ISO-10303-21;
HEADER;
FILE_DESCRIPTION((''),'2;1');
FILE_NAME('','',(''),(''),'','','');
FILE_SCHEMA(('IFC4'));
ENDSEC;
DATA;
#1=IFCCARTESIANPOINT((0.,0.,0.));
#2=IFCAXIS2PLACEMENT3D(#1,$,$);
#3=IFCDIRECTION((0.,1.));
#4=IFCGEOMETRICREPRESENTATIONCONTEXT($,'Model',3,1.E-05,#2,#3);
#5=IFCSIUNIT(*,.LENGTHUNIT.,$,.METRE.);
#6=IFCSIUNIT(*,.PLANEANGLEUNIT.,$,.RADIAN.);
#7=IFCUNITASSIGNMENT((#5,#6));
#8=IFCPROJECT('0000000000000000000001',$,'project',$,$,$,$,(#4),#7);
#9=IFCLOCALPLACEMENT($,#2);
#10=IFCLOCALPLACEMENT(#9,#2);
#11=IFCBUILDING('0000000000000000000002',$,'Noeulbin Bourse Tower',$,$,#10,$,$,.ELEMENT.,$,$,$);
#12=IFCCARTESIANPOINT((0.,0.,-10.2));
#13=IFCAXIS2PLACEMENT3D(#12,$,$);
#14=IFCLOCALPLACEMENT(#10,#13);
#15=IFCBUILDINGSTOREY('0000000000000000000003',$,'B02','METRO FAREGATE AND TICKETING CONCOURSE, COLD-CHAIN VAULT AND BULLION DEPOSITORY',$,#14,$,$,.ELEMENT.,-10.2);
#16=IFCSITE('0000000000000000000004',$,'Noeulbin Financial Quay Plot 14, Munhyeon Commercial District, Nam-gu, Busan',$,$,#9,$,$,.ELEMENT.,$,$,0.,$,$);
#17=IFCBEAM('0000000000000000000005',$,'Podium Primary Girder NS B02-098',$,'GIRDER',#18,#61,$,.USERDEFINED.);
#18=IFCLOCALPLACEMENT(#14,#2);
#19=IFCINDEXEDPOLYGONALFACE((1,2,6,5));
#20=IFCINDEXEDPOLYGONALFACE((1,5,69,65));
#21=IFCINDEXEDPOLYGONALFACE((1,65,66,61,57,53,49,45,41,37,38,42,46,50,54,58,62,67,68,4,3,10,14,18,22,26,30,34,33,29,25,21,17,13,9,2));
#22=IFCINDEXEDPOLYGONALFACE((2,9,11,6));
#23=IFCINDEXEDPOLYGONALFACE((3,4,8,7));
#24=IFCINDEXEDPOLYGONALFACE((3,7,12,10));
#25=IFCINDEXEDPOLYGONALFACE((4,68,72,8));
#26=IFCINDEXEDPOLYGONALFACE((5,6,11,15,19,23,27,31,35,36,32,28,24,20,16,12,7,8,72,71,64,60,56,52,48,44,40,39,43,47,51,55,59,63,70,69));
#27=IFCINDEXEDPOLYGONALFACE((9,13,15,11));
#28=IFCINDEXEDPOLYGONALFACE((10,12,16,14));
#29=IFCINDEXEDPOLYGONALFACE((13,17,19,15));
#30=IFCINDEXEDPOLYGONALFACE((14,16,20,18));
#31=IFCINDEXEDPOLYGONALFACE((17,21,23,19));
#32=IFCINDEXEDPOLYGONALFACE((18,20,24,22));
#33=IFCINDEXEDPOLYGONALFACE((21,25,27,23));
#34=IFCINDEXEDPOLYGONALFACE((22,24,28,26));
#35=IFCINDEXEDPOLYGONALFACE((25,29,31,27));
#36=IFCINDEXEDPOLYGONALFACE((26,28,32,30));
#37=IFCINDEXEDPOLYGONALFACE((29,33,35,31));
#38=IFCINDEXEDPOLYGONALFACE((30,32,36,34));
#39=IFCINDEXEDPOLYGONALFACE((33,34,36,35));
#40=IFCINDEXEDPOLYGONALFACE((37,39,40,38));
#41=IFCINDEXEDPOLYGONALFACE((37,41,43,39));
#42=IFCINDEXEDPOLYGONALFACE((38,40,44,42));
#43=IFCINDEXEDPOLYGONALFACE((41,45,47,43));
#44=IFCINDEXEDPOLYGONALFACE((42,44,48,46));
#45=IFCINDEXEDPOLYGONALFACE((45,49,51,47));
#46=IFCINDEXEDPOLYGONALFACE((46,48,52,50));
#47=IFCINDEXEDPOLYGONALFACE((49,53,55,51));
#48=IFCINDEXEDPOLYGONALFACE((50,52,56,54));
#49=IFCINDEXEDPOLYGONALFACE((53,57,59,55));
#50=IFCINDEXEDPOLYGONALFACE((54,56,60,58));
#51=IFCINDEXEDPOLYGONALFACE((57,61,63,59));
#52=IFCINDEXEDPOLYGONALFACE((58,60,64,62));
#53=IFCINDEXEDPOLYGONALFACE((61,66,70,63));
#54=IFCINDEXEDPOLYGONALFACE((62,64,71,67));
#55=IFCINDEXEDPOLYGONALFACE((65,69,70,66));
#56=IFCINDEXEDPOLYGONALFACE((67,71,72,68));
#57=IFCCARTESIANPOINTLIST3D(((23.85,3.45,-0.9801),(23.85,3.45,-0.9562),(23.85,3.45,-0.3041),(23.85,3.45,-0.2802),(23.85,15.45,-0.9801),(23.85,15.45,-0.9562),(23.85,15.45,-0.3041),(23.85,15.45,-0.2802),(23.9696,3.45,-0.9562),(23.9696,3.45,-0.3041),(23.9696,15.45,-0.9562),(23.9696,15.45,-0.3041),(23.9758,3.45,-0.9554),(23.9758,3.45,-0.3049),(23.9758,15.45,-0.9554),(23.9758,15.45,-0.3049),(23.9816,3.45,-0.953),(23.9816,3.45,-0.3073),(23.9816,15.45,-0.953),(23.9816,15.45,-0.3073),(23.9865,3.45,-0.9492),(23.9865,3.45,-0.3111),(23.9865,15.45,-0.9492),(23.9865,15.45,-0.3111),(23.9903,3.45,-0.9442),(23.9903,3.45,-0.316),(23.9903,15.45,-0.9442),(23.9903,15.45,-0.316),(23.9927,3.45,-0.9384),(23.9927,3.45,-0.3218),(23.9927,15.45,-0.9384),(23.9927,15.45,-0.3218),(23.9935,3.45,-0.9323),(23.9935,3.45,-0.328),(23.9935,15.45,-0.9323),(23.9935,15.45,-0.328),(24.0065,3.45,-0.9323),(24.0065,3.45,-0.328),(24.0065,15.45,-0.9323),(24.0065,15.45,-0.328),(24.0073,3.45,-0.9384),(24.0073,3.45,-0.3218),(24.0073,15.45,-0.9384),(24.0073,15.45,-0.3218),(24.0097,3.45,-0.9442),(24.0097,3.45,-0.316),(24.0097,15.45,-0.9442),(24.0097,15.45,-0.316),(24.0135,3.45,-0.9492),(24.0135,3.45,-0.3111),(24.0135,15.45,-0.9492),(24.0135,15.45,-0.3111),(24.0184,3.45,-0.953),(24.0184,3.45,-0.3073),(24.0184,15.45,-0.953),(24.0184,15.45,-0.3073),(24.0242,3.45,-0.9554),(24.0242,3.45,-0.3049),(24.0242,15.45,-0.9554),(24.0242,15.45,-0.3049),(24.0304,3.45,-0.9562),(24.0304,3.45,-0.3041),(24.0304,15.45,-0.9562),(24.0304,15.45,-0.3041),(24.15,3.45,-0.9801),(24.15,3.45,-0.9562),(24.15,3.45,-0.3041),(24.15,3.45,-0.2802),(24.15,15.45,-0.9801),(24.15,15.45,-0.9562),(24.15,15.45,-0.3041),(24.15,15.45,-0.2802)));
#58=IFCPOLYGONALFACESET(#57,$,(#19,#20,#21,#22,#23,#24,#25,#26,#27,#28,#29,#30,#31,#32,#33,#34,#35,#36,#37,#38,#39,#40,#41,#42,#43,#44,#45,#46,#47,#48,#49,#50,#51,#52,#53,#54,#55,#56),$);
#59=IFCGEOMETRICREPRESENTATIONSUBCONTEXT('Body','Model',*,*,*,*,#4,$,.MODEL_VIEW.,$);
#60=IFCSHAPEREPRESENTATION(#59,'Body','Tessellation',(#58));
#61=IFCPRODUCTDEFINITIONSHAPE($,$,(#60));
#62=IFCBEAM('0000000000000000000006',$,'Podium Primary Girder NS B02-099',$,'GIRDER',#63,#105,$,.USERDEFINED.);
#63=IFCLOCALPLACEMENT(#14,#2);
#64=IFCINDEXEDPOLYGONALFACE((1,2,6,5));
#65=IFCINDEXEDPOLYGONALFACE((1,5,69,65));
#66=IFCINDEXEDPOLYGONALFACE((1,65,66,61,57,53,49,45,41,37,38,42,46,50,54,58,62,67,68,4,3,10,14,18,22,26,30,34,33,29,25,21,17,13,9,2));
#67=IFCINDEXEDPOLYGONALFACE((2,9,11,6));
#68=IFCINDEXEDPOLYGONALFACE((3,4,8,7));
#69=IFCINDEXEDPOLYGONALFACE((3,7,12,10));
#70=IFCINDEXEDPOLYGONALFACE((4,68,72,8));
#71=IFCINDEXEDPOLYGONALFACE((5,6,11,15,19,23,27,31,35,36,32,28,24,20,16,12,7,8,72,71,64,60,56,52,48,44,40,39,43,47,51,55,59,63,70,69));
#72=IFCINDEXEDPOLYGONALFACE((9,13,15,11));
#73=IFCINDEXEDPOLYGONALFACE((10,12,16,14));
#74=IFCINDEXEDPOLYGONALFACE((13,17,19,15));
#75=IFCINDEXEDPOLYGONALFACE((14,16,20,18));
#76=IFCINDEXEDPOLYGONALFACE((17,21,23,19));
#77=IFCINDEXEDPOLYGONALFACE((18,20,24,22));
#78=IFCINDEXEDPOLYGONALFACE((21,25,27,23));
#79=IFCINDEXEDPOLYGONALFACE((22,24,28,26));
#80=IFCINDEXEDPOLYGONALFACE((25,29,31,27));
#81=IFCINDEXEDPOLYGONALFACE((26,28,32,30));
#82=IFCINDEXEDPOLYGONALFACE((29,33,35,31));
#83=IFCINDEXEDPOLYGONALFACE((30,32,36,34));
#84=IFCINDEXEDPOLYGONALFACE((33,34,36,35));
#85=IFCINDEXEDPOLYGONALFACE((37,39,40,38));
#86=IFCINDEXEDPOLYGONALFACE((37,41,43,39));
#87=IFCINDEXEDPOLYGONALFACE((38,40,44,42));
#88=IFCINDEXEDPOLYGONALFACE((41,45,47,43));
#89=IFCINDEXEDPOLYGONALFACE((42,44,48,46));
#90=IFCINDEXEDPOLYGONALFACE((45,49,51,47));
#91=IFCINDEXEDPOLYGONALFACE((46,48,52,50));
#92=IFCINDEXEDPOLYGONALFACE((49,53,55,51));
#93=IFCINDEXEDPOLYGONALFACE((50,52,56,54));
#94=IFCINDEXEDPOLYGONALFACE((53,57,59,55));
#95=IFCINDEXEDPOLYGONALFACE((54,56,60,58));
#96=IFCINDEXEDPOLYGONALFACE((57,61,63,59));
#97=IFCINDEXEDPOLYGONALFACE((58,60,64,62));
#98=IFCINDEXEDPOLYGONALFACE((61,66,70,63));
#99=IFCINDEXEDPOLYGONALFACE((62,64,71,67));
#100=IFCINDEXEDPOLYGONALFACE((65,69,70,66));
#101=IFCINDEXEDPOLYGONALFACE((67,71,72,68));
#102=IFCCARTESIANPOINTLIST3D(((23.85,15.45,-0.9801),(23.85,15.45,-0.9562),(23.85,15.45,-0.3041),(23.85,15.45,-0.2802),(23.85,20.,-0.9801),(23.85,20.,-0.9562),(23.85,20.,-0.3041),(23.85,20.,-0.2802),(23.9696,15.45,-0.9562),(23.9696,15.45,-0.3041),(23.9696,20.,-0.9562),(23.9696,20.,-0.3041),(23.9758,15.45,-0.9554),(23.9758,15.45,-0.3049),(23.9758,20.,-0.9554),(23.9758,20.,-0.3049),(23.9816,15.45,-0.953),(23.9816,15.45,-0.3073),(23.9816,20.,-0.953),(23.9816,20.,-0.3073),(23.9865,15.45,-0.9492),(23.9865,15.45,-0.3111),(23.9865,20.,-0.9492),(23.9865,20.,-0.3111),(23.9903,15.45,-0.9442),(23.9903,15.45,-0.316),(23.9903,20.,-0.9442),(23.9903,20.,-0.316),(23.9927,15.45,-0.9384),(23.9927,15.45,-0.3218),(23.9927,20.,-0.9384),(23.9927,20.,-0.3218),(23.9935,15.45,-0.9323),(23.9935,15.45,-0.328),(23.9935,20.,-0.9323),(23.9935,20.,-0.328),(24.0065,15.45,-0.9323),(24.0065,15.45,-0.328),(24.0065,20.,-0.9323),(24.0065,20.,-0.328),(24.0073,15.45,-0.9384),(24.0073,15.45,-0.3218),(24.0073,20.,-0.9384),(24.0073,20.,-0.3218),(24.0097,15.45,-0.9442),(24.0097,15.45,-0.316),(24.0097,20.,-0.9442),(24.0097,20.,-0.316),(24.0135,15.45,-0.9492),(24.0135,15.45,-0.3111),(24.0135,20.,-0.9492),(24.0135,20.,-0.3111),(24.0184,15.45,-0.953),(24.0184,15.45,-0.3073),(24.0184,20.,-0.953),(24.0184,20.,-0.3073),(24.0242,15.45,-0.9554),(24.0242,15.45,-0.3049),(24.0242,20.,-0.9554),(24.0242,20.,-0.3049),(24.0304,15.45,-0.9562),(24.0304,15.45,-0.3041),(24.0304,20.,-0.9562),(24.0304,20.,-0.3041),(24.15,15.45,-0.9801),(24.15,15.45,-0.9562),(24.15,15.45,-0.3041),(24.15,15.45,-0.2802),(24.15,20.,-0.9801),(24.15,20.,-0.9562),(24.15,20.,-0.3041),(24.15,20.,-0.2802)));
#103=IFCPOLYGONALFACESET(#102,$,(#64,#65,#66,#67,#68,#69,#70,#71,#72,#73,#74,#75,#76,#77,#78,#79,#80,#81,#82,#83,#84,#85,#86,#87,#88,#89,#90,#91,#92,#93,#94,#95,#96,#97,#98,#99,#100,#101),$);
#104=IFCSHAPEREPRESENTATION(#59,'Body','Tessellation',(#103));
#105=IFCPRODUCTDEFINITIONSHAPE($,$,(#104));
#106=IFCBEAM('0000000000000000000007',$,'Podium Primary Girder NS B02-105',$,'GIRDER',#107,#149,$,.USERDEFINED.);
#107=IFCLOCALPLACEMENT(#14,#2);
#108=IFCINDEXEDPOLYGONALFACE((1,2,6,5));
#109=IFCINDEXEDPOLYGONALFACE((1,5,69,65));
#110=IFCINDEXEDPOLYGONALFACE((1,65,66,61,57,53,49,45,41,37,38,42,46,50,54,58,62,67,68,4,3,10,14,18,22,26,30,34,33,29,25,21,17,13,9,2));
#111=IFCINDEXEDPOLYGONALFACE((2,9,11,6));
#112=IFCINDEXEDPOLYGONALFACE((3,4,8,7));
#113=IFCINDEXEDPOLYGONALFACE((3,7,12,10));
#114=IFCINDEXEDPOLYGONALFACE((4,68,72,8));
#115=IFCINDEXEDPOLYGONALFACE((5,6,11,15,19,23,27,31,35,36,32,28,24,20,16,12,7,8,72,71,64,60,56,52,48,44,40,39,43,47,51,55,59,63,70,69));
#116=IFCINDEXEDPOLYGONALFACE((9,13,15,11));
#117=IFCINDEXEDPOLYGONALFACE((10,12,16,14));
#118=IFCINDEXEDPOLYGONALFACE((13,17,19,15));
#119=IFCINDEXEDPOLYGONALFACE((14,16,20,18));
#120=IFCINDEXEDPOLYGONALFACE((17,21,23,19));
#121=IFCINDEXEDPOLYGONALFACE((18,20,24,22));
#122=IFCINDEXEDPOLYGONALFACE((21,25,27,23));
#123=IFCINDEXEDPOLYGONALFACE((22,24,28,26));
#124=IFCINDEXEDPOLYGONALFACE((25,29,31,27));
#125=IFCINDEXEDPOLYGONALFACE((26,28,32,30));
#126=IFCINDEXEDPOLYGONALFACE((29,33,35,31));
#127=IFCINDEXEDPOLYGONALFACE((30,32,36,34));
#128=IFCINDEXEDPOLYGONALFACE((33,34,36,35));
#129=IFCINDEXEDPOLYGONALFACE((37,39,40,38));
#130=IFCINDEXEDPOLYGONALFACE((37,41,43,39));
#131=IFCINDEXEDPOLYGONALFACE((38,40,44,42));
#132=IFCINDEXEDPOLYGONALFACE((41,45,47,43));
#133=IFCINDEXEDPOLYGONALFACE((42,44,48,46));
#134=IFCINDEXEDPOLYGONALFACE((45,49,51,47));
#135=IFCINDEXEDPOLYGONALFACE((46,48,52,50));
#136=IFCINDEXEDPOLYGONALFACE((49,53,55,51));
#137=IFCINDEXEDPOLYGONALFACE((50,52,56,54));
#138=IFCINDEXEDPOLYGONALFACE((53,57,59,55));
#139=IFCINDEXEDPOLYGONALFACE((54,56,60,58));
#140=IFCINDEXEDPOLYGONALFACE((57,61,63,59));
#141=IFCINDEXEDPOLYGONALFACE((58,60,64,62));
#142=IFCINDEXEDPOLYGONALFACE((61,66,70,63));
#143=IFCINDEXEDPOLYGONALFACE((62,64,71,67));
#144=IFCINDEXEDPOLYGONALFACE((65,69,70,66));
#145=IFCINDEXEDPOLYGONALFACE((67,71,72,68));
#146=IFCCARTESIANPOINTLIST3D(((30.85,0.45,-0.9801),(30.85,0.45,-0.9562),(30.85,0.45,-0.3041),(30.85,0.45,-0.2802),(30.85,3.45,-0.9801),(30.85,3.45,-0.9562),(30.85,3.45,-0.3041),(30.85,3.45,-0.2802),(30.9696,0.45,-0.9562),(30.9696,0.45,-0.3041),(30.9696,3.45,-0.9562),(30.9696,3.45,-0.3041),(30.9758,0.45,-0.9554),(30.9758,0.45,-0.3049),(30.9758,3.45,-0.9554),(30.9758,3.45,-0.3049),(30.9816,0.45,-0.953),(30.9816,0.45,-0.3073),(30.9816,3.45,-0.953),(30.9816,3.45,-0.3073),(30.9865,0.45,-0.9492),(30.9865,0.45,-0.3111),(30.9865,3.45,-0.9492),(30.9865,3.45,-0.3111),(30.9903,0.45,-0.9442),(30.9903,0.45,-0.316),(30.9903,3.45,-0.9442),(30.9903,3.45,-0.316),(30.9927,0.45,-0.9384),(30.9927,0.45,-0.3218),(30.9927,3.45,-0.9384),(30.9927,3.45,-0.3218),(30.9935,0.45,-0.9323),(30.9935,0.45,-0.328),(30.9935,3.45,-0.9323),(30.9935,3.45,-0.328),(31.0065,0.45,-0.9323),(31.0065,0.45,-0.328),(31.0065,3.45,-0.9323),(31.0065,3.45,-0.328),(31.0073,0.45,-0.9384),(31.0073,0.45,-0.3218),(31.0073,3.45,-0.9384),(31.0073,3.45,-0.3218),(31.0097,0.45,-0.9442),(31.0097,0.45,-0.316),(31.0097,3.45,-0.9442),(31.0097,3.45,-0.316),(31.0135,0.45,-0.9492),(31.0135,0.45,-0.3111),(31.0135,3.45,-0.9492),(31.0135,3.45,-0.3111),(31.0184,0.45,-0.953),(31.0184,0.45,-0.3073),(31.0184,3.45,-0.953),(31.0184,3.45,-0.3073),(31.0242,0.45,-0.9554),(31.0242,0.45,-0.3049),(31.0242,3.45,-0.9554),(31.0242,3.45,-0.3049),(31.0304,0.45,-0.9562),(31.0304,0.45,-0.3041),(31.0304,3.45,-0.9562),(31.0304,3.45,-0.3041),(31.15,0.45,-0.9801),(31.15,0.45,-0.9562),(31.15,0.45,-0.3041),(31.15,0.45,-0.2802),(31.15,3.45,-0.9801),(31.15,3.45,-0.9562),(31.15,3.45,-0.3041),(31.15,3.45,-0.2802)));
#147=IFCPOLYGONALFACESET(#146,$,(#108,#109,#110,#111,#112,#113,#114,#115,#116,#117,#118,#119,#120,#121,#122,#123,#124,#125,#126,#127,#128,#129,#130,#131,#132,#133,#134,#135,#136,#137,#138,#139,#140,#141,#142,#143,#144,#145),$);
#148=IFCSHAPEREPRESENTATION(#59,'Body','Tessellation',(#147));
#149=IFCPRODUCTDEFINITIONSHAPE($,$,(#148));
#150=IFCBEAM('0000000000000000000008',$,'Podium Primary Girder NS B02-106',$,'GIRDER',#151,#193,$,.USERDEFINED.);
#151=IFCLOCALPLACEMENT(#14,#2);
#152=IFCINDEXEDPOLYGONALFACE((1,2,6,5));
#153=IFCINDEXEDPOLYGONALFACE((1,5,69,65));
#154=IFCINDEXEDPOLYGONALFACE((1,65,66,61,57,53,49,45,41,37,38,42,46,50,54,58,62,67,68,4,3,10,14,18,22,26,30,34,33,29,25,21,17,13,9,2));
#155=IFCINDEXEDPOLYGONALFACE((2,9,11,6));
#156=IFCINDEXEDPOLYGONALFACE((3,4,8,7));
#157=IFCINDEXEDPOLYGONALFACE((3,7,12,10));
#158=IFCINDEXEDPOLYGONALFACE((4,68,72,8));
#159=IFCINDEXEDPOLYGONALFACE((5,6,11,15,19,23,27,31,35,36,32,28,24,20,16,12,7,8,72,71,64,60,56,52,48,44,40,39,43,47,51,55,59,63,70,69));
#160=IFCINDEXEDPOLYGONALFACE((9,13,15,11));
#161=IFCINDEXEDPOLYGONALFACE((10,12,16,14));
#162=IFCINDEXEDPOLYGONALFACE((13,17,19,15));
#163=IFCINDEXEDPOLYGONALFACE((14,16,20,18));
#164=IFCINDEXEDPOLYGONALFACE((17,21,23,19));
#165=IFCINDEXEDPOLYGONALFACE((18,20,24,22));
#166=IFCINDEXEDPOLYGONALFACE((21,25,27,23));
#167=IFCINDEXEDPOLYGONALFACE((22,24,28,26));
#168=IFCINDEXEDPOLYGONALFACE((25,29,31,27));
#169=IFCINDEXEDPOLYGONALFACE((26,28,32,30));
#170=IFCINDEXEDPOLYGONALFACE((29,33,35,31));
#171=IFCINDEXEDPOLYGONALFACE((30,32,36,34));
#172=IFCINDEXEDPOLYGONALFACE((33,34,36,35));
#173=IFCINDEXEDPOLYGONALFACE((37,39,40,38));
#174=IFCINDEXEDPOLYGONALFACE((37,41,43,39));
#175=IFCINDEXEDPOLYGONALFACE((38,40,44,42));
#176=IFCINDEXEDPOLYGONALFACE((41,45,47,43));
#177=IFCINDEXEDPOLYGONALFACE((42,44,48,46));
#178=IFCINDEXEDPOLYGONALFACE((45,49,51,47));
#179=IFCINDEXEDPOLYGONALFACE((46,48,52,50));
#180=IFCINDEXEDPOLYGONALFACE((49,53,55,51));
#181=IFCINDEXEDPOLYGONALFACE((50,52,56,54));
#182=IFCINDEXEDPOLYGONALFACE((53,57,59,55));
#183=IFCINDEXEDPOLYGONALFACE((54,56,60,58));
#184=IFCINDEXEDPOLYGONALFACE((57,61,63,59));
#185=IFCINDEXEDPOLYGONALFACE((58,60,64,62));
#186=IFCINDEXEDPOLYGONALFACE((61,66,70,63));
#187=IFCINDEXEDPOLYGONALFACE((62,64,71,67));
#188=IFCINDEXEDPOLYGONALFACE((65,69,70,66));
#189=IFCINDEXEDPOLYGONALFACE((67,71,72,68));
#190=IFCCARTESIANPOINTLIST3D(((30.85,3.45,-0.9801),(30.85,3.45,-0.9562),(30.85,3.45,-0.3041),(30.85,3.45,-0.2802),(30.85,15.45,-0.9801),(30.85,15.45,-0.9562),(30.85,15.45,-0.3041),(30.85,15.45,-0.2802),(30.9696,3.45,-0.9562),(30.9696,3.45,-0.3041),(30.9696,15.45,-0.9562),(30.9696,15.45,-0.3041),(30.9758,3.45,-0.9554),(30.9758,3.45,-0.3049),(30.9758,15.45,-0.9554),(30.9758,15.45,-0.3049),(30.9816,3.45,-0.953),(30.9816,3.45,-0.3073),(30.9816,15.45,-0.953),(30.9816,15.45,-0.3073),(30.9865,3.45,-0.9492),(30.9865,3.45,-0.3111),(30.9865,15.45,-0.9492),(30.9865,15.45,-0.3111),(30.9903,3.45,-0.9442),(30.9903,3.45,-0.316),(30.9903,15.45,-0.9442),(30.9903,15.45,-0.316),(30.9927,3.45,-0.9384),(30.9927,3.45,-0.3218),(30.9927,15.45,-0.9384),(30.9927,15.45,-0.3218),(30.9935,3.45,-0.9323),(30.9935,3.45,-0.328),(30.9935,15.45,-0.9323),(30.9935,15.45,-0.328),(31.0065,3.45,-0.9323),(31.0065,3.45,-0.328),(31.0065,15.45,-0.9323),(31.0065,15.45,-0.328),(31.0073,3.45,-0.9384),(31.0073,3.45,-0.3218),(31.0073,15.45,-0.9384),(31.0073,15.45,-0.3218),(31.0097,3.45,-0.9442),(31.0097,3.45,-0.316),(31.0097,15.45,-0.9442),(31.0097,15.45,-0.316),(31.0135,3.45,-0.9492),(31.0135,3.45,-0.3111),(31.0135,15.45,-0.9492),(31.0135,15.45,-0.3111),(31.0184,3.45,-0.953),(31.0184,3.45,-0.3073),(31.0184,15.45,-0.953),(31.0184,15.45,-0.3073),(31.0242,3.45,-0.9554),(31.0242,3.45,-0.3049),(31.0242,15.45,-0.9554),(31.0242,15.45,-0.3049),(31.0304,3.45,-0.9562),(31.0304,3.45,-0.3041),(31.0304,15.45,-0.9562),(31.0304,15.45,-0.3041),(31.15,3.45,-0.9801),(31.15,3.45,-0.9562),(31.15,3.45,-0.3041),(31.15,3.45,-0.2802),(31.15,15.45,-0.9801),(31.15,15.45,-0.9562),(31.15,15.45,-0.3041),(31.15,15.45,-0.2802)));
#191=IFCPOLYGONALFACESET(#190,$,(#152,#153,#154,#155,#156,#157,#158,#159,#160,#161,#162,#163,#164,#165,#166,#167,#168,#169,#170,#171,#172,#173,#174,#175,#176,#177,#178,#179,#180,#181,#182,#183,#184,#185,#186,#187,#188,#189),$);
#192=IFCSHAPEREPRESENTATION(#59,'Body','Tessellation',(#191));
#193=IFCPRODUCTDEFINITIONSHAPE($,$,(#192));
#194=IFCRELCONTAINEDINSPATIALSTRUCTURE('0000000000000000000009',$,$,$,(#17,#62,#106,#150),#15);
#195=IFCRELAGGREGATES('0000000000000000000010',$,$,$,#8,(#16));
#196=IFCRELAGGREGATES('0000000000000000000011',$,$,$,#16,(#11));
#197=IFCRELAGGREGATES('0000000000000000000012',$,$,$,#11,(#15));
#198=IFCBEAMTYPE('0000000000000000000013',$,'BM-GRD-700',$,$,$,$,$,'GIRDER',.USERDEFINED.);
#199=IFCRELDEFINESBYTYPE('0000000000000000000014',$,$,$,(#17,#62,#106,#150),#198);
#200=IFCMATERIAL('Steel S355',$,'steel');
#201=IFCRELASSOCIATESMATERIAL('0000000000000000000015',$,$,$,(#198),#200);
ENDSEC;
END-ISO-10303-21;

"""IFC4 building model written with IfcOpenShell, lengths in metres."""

from ifc_helpers import new_model, si_unit, direction, frame, origin, origin_2d, place, context, subcontext, project, spatial, i_section, extrude, material, material_profile, profile_set, type_object, element, save


model = new_model("IFC4")

# Units and contexts
model_context = context("Model", 3, precision=1e-05, world=origin(), true_north=direction((0.0, 1.0)))
body_context = subcontext(model_context, "Body", "Model", "MODEL_VIEW")
ifc_project = project(units=[si_unit("LENGTHUNIT", "METRE"), si_unit("PLANEANGLEUNIT", "RADIAN")], contexts=[model_context])

# Site, building, storey
site_placement = place(None, origin())
site = spatial("IfcSite", under=ifc_project, at=site_placement, Name="Noeulbin Financial Quay Plot 14, Munhyeon Commercial District, Nam-gu, Busan", CompositionType="ELEMENT", RefElevation=0.0)
building_placement = place(site_placement, origin())
building = spatial("IfcBuilding", under=site, at=building_placement, Name="Noeulbin Bourse Tower", CompositionType="ELEMENT")
storey_placement = place(building_placement, frame((0.0, 0.0, -10.2)))
storey = spatial("IfcBuildingStorey", under=building, at=storey_placement, Name="B02", Description="METRO FAREGATE AND TICKETING CONCOURSE, COLD-CHAIN VAULT AND BULLION DEPOSITORY", CompositionType="ELEMENT", Elevation=-10.2)

# Beams
ifc_material_1 = material(Name="Steel S355", Category="steel")
ifc_material_profile_1 = material_profile(ifc_material_1, i_section(OverallWidth=0.3, OverallDepth=0.7, WebThickness=0.0129, FlangeThickness=0.0239, FilletRadius=0.0239, at=origin_2d()), Name="H-700x300x13x24", Category="LoadBearing")
ifc_profile_set_1 = profile_set([ifc_material_profile_1], Name="Steel S355")
beam_type_1 = type_object("IfcBeamType", Name="BM-GRD-700", ElementType="GIRDER", PredefinedType="USERDEFINED", material=ifc_profile_set_1)
beam_1_placement = place(storey_placement, frame((24.0, 3.45, -0.6301), z_axis=(0.0, 1.0, 0.0), x_axis=(-1.0, 0.0, 0.0)))
element("IfcBeam", 1, at=beam_1_placement, inside=storey, type_object=beam_type_1, Name="Podium Primary Girder NS B02-098", ObjectType="GIRDER", PredefinedType="USERDEFINED", context=body_context, shape_type="SweptSolid", body=[
    extrude(i_section(OverallWidth=0.3, OverallDepth=0.7, WebThickness=0.0129, FlangeThickness=0.0239, FilletRadius=0.0239, at=origin_2d()), origin(), (0.0, 0.0, 1.0), 12.0),
])
beam_2_placement = place(storey_placement, frame((24.0, 15.45, -0.6301), z_axis=(0.0, 1.0, 0.0), x_axis=(-1.0, 0.0, 0.0)))
element("IfcBeam", 2, at=beam_2_placement, inside=storey, type_object=beam_type_1, Name="Podium Primary Girder NS B02-099", ObjectType="GIRDER", PredefinedType="USERDEFINED", context=body_context, shape_type="SweptSolid", body=[
    extrude(i_section(OverallWidth=0.3, OverallDepth=0.7, WebThickness=0.0129, FlangeThickness=0.0239, FilletRadius=0.0239, at=origin_2d()), origin(), (0.0, 0.0, 1.0), 4.55),
])
beam_3_placement = place(storey_placement, frame((31.0, 0.45, -0.6301), z_axis=(0.0, 1.0, 0.0), x_axis=(-1.0, 0.0, 0.0)))
element("IfcBeam", 3, at=beam_3_placement, inside=storey, type_object=beam_type_1, Name="Podium Primary Girder NS B02-105", ObjectType="GIRDER", PredefinedType="USERDEFINED", context=body_context, shape_type="SweptSolid", body=[
    extrude(i_section(OverallWidth=0.3, OverallDepth=0.7, WebThickness=0.0129, FlangeThickness=0.0239, FilletRadius=0.0239, at=origin_2d()), origin(), (0.0, 0.0, 1.0), 3.0),
])
beam_4_placement = place(storey_placement, frame((31.0, 3.45, -0.6301), z_axis=(0.0, 1.0, 0.0), x_axis=(-1.0, 0.0, 0.0)))
element("IfcBeam", 4, at=beam_4_placement, inside=storey, type_object=beam_type_1, Name="Podium Primary Girder NS B02-106", ObjectType="GIRDER", PredefinedType="USERDEFINED", context=body_context, shape_type="SweptSolid", body=[
    extrude(i_section(OverallWidth=0.3, OverallDepth=0.7, WebThickness=0.0129, FlangeThickness=0.0239, FilletRadius=0.0239, at=origin_2d()), origin(), (0.0, 0.0, 1.0), 12.0),
])

save(model, "model.ifc")
